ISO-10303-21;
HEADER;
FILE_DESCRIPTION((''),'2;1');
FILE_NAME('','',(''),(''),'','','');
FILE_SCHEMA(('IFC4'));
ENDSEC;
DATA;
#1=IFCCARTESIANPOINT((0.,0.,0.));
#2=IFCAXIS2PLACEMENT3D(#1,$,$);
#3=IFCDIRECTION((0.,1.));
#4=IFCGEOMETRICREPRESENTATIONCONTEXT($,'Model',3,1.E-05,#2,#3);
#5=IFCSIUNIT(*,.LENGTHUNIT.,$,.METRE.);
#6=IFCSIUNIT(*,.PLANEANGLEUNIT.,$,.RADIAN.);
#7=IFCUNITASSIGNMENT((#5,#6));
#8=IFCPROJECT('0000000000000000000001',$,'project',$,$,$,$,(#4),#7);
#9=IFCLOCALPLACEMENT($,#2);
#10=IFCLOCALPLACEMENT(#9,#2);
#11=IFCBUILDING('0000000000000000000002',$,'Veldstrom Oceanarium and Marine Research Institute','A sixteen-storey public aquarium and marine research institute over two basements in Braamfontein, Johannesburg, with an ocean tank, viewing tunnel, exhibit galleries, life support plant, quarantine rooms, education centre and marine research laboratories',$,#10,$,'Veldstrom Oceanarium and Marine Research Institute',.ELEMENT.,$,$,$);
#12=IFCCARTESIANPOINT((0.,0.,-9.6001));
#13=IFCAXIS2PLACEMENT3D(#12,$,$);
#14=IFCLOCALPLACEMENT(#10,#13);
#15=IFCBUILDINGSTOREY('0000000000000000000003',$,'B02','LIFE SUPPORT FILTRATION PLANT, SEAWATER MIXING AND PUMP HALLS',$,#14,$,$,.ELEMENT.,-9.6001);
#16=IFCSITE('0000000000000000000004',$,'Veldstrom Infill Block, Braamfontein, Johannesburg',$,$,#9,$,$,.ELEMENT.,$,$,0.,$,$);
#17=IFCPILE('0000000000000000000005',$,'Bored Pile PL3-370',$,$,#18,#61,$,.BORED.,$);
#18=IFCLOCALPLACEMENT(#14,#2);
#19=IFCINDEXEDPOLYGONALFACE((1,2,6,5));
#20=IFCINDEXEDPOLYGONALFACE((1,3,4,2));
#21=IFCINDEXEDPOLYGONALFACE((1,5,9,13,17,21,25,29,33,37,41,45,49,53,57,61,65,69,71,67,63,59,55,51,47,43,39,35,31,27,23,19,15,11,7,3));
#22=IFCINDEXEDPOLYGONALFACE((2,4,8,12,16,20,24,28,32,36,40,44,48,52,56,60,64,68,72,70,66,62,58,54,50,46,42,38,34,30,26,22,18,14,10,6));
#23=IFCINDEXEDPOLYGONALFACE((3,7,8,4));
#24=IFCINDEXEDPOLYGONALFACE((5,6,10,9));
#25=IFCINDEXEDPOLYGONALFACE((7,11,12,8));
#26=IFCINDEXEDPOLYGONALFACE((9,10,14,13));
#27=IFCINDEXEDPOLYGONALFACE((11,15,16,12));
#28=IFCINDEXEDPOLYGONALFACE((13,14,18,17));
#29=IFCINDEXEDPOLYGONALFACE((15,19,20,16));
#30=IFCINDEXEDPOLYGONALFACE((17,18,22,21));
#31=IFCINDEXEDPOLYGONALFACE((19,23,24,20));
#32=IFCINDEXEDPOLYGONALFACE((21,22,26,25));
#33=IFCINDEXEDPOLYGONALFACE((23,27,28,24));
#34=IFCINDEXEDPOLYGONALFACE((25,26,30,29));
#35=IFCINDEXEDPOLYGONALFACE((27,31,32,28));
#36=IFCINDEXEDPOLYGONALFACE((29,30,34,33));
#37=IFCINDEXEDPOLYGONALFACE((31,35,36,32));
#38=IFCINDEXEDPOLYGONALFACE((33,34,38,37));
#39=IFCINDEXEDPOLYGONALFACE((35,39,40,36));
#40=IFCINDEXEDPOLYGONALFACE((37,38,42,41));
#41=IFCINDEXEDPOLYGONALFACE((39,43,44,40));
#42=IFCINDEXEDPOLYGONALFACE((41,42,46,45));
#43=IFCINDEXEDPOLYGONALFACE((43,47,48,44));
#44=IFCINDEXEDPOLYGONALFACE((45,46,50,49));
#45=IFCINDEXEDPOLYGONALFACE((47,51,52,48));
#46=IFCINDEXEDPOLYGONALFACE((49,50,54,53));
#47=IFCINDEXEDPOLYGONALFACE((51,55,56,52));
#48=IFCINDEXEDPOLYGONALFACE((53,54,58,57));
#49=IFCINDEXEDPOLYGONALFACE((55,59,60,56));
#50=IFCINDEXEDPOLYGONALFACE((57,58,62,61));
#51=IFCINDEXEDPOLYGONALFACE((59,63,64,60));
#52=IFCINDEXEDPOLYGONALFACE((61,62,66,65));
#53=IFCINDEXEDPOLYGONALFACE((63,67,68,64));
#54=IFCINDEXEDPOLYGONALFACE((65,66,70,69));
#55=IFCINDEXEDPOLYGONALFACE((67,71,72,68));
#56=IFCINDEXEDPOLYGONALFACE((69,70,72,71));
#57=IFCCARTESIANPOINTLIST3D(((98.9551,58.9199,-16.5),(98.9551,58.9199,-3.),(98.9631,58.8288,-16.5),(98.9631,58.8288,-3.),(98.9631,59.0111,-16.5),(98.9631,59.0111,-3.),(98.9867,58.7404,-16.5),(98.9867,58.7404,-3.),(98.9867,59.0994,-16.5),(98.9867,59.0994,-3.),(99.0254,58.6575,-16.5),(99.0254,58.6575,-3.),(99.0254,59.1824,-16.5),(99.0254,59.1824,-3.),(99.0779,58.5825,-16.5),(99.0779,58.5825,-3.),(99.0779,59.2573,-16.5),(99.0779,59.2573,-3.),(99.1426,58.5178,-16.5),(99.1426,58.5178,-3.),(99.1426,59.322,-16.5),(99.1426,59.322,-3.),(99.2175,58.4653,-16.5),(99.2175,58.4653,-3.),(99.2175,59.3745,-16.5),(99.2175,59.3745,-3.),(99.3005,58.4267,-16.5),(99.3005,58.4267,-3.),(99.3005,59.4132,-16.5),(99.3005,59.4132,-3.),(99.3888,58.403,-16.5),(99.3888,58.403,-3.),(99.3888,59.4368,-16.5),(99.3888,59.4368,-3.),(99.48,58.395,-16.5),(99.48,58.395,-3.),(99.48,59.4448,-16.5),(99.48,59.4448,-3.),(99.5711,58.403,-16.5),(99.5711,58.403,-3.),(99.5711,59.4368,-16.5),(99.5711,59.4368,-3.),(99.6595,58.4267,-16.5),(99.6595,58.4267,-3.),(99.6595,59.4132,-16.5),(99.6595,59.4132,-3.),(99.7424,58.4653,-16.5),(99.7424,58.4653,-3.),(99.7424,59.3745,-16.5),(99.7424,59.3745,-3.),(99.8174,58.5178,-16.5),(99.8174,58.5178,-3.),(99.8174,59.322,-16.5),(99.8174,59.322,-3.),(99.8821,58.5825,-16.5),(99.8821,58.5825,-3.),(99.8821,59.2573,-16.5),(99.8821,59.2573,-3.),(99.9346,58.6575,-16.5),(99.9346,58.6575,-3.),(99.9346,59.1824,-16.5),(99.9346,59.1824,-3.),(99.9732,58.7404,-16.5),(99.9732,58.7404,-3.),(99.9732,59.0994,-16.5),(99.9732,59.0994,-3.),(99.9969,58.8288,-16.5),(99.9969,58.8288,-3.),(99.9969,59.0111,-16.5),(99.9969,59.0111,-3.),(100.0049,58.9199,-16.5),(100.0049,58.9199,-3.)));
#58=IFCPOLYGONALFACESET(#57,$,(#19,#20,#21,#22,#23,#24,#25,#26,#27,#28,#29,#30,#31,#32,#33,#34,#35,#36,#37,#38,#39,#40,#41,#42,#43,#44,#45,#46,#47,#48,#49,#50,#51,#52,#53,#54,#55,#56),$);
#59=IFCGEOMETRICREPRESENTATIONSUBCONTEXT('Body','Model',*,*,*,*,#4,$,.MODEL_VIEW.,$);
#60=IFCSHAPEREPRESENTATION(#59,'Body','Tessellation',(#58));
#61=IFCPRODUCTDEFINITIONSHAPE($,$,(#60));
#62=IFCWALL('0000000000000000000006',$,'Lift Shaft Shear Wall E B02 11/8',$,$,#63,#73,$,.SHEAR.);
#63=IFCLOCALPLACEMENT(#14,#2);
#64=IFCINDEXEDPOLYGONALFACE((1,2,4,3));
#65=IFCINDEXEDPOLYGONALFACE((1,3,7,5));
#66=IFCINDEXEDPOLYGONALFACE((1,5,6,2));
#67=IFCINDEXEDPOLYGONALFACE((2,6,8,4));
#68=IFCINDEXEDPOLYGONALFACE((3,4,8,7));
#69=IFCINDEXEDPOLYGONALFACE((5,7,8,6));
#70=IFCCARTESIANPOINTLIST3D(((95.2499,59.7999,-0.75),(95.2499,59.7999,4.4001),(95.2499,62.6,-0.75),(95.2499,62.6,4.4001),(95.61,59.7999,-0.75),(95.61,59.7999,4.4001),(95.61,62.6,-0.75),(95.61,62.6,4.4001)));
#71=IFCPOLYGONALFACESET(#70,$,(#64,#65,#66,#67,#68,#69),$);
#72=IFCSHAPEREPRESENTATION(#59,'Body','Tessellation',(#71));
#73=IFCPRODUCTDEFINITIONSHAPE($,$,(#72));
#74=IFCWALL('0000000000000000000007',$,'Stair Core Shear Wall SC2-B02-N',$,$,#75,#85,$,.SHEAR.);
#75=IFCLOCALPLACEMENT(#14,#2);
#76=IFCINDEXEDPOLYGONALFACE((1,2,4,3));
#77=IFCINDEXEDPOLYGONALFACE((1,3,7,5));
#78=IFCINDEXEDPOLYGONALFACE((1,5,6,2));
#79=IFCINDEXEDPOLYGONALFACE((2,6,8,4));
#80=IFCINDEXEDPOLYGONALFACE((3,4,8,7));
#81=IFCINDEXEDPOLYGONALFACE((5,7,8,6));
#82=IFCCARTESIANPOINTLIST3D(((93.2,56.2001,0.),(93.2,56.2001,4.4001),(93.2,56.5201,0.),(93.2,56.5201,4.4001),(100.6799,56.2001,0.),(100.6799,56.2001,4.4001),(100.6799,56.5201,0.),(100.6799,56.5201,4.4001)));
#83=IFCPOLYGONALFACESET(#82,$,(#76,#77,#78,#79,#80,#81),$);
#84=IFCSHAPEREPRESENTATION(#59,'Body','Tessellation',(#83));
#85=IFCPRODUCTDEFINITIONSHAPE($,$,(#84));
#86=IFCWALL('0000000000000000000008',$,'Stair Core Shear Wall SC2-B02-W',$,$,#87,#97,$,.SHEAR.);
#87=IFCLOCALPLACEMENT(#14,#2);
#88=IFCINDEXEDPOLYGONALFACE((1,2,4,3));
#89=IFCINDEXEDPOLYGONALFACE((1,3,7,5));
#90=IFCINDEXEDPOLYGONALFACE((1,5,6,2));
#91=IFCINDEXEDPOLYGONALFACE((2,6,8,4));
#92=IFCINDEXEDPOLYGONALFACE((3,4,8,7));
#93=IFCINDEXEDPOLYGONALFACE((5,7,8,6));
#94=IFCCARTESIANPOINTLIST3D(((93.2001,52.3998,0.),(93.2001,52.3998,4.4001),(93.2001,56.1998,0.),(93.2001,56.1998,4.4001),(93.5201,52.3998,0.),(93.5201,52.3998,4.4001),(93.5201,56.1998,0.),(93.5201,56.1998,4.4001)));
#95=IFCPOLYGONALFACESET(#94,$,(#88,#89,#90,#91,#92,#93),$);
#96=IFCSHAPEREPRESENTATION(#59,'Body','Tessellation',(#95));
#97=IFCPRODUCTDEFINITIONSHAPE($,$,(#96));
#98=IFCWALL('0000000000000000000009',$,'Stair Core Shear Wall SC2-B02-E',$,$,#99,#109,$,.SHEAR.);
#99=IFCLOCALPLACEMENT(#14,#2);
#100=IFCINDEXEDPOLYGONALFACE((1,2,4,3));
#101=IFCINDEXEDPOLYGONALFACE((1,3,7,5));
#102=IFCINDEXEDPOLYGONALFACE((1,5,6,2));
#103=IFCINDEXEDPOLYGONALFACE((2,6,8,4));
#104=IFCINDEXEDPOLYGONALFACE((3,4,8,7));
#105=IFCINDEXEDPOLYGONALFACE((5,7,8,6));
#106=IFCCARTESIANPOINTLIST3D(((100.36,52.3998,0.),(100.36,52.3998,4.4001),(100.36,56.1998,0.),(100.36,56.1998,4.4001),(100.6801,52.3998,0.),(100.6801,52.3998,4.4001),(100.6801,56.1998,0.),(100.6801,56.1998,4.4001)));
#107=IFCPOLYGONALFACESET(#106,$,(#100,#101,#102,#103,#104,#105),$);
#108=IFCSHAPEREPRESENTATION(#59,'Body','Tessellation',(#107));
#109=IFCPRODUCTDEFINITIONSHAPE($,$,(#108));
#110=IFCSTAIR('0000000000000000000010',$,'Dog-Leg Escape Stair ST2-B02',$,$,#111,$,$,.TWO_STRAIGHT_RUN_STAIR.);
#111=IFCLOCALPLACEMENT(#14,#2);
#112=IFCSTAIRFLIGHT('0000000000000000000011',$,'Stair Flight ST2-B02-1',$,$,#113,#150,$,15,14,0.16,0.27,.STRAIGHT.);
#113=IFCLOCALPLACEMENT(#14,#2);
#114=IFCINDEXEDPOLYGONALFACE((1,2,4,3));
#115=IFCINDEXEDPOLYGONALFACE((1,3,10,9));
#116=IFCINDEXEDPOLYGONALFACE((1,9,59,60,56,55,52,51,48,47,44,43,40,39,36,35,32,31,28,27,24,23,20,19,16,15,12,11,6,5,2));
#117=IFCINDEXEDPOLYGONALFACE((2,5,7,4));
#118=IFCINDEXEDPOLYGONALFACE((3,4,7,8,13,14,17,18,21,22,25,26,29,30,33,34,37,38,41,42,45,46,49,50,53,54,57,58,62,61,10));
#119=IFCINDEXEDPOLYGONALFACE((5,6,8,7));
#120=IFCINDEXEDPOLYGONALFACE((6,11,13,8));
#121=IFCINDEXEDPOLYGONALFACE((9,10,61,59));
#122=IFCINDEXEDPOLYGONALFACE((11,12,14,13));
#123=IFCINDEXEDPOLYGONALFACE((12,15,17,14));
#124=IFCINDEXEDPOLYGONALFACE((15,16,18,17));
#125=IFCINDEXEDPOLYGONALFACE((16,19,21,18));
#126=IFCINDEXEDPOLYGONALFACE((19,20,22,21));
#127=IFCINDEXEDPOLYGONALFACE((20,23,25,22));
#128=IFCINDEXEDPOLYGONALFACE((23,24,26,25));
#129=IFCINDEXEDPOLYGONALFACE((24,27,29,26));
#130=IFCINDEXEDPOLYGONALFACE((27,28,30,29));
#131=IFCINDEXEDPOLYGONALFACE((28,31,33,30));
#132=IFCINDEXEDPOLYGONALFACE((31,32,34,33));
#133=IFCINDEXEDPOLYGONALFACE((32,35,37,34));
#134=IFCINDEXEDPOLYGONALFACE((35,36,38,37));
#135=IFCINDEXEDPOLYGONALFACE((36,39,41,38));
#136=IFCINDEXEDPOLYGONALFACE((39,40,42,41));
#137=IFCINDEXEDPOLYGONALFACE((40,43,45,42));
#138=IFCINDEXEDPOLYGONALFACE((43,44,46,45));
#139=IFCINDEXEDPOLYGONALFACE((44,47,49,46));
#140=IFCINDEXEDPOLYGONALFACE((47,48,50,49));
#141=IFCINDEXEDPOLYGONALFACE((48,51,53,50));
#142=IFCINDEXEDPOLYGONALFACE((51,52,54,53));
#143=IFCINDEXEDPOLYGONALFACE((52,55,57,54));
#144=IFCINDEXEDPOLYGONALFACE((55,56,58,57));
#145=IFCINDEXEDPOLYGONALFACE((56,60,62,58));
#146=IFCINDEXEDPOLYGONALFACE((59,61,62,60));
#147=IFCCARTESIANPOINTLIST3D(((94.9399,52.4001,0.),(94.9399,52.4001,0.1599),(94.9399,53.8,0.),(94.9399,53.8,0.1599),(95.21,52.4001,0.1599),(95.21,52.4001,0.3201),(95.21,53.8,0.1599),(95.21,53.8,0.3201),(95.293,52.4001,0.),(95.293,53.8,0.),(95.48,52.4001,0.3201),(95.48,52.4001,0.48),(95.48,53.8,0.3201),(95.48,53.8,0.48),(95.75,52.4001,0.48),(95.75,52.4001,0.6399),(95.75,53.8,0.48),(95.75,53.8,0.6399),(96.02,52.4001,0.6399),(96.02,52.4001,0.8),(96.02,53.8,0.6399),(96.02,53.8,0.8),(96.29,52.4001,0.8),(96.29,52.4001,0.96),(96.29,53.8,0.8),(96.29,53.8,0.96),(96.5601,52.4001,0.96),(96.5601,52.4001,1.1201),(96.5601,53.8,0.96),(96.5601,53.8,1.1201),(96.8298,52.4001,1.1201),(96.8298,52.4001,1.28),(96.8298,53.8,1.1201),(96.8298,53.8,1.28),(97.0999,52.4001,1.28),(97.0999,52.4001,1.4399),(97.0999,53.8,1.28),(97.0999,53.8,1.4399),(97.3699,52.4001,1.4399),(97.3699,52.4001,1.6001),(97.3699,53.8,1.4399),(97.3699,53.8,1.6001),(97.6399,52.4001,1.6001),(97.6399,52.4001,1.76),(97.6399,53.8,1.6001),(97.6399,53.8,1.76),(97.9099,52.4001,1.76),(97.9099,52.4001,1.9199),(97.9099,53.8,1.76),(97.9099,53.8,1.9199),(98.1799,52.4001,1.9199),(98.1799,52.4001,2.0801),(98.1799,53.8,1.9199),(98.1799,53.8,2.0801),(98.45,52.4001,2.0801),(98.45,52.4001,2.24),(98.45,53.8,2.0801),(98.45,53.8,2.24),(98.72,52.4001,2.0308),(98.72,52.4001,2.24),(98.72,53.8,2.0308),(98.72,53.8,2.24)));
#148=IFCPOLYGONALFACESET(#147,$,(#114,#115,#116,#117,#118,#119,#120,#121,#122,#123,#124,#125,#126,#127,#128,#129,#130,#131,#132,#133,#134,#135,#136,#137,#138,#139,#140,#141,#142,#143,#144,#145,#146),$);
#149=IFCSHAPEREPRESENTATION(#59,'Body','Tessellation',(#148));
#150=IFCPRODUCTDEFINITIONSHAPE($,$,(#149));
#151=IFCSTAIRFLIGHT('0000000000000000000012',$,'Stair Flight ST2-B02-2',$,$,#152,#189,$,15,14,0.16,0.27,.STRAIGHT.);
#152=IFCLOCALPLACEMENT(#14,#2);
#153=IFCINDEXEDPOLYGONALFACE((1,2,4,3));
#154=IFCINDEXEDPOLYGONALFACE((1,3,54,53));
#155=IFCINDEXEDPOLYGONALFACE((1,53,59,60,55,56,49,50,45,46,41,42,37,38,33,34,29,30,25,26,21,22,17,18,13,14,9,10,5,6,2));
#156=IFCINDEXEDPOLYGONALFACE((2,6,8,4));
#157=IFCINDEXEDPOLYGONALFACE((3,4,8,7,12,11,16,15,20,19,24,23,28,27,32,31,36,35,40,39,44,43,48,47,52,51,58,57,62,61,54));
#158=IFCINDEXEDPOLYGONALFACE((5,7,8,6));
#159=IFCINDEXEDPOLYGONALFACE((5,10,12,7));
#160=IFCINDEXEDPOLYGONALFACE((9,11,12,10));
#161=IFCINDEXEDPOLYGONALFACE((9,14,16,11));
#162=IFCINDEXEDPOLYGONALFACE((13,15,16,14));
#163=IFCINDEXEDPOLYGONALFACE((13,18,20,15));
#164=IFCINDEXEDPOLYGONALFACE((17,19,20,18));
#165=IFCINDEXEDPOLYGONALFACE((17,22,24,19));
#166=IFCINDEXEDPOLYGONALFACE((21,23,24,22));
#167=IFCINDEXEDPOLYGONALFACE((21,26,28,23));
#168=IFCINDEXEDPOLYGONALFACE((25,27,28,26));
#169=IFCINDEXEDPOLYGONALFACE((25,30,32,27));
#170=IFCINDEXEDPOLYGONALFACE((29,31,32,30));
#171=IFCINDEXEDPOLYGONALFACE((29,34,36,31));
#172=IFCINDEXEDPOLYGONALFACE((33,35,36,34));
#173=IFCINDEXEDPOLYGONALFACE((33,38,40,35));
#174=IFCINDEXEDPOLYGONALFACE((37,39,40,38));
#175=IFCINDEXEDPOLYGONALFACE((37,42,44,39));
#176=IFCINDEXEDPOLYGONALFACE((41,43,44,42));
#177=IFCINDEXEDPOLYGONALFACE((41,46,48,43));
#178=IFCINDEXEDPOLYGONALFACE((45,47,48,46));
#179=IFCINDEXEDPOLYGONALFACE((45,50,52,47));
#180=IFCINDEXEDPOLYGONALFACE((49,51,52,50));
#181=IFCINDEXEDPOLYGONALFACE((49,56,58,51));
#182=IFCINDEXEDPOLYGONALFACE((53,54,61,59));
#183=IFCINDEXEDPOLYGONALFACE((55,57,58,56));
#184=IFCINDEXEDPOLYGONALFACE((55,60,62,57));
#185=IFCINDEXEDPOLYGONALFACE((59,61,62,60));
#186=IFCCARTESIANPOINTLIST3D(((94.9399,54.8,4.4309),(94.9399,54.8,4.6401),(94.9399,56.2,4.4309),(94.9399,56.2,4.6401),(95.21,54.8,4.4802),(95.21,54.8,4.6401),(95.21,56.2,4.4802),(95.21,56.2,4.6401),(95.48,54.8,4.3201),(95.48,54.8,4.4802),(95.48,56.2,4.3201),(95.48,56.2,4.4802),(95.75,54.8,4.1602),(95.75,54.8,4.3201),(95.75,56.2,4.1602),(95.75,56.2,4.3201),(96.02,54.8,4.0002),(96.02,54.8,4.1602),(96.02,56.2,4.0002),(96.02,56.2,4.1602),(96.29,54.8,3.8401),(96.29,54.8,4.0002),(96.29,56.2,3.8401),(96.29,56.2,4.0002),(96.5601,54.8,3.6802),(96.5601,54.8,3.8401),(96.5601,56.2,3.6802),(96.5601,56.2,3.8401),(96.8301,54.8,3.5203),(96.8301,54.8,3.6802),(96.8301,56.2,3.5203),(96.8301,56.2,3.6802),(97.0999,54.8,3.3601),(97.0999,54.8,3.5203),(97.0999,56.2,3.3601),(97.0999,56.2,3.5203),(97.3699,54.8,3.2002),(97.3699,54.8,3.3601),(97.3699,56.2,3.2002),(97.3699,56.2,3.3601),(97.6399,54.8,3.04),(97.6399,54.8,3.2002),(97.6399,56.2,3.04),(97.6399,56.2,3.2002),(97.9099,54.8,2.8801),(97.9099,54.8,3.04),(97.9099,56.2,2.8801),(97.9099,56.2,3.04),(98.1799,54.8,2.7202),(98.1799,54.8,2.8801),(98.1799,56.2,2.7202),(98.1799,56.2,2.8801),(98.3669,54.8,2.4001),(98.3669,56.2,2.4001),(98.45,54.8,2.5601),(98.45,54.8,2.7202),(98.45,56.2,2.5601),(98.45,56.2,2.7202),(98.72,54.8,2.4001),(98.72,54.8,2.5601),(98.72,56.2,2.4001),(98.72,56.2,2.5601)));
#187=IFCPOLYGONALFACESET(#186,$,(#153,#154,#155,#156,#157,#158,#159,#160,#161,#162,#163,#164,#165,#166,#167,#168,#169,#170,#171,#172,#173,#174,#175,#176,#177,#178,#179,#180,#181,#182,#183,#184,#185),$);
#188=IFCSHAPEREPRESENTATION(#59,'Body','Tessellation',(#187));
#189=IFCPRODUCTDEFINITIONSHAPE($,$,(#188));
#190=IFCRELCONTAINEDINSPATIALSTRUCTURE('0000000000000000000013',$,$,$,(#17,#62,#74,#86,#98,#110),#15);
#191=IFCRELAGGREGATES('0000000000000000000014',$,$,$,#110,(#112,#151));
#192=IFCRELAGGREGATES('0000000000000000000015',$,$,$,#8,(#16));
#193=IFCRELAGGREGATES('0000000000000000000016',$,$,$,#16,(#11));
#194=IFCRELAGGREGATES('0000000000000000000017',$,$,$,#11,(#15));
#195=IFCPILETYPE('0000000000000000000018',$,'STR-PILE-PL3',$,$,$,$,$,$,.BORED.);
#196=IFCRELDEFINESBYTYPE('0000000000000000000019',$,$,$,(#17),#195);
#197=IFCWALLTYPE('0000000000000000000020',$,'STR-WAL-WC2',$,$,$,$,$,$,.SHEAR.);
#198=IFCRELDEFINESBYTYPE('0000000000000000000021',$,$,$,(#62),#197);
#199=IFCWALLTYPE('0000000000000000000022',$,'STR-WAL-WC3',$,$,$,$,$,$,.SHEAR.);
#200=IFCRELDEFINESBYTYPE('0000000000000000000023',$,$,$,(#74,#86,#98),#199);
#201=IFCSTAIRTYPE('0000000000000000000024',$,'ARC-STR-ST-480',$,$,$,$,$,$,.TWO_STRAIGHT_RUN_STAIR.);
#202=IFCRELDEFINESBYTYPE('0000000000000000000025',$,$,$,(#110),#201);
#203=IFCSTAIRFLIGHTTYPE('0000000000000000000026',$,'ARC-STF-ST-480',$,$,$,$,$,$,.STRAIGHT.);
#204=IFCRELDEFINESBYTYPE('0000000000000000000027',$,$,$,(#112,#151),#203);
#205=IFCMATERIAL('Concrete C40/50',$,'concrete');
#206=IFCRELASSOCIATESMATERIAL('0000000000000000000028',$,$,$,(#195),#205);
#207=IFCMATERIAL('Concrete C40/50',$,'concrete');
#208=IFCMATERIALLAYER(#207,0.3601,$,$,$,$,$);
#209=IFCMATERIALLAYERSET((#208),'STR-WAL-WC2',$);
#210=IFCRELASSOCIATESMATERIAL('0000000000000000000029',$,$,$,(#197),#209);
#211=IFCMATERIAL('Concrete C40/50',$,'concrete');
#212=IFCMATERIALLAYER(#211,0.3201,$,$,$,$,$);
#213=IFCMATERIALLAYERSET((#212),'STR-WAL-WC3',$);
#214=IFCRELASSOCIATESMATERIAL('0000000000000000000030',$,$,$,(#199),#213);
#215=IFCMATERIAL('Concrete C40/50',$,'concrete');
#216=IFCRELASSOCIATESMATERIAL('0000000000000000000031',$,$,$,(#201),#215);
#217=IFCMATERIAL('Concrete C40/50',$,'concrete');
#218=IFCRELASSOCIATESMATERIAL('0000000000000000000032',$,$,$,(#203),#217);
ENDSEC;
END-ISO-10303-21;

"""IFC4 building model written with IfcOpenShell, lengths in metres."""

from ifc_helpers import new_model, si_unit, direction, frame, frame_2d, origin, origin_2d, place, context, subcontext, project, spatial, polyline, rectangle, circle, outline, extrude, material, layer, layer_set, material_profile, profile_set, type_object, element, aggregate, save


model = new_model("IFC4")

# Units and contexts
model_context = context("Model", 3, precision=1e-05, world=origin(), true_north=direction((0.0, 1.0)))
body_context = subcontext(model_context, "Body", "Model", "MODEL_VIEW")
ifc_project = project(units=[si_unit("LENGTHUNIT", "METRE"), si_unit("PLANEANGLEUNIT", "RADIAN")], contexts=[model_context])

# Site, building, storey
site_placement = place(None, origin())
site = spatial("IfcSite", under=ifc_project, at=site_placement, Name="Veldstrom Infill Block, Braamfontein, Johannesburg", CompositionType="ELEMENT", RefElevation=0.0)
building_placement = place(site_placement, origin())
building = spatial("IfcBuilding", under=site, at=building_placement, Name="Veldstrom Oceanarium and Marine Research Institute", Description="A sixteen-storey public aquarium and marine research institute over two basements in Braamfontein, Johannesburg, with an ocean tank, viewing tunnel, exhibit galleries, life support plant, quarantine rooms, education centre and marine research laboratories", LongName="Veldstrom Oceanarium and Marine Research Institute", CompositionType="ELEMENT")
storey_placement = place(building_placement, frame((0.0, 0.0, -9.6001)))
storey = spatial("IfcBuildingStorey", under=building, at=storey_placement, Name="B02", Description="LIFE SUPPORT FILTRATION PLANT, SEAWATER MIXING AND PUMP HALLS", CompositionType="ELEMENT", Elevation=-9.6001)

# Pile
ifc_material_1 = material(Name="Concrete C40/50", Category="concrete")
ifc_material_profile = material_profile(ifc_material_1, circle(Radius=0.5249, at=origin_2d()), Name="PILE-D1050")
ifc_profile_set = profile_set([ifc_material_profile], Name="Concrete C40/50")
pile_type = type_object("IfcPileType", Name="STR-PILE-PL3", PredefinedType="BORED", material=ifc_profile_set)
for number, where, z_axis, x_axis, name in (
    (1, (99.48, 58.9199, -3.0), (0.0, 0.0, -1.0), (1.0, 0.0, 0.0), "Bored Pile PL3-370"),
):
    element("IfcPile", number, at=place(storey_placement, frame(where, z_axis=z_axis, x_axis=x_axis)), inside=storey, type_object=pile_type, Name=name, PredefinedType="BORED", context=body_context, shape_type="SweptSolid", body=[
        extrude(circle(Radius=0.5249, at=origin_2d()), origin(), (0.0, 0.0, 1.0), 13.5),
    ])

# Walls
ifc_material_2 = material(Name="Concrete C40/50", Category="concrete")
ifc_layer_1 = layer(ifc_material_2, 0.3601)
ifc_layer_set_1 = layer_set([ifc_layer_1], Name="STR-WAL-WC2")
wall_type_1 = type_object("IfcWallType", Name="STR-WAL-WC2", PredefinedType="SHEAR", material=ifc_layer_set_1)
wall_1_placement = place(storey_placement, frame((95.4299, 59.8, -0.75), z_axis=(0.0, 0.0, 1.0), x_axis=(0.0, 1.0, 0.0)))
element("IfcWall", 2, at=wall_1_placement, inside=storey, type_object=wall_type_1, Name="Lift Shaft Shear Wall E B02 11/8", PredefinedType="SHEAR", context=body_context, shape_type="SweptSolid", body=[
    extrude(rectangle(XDim=2.8, YDim=0.3601, at=frame_2d((1.3999, 0.0))), origin(), (0.0, 0.0, 1.0), 5.1501),
])
ifc_material_3 = material(Name="Concrete C40/50", Category="concrete")
ifc_layer_2 = layer(ifc_material_3, 0.3201)
ifc_layer_set_2 = layer_set([ifc_layer_2], Name="STR-WAL-WC3")
wall_type_2 = type_object("IfcWallType", Name="STR-WAL-WC3", PredefinedType="SHEAR", material=ifc_layer_set_2)
wall_2_placement = place(storey_placement, frame((93.2, 56.3601, 0.0), z_axis=(0.0, 0.0, 1.0), x_axis=(1.0, 0.0, 0.0)))
element("IfcWall", 3, at=wall_2_placement, inside=storey, type_object=wall_type_2, Name="Stair Core Shear Wall SC2-B02-N", PredefinedType="SHEAR", context=body_context, shape_type="SweptSolid", body=[
    extrude(rectangle(XDim=7.48, YDim=0.3201, at=frame_2d((3.74, 0.0))), origin(), (0.0, 0.0, 1.0), 4.4001),
])
for number, where, z_axis, x_axis, name in (
    (4, (93.3601, 52.3999, 0.0), (0.0, 0.0, 1.0), (0.0, 1.0, 0.0), "Stair Core Shear Wall SC2-B02-W"),
    (5, (100.52, 52.3999, 0.0), (0.0, 0.0, 1.0), (0.0, 1.0, 0.0), "Stair Core Shear Wall SC2-B02-E"),
):
    element("IfcWall", number, at=place(storey_placement, frame(where, z_axis=z_axis, x_axis=x_axis)), inside=storey, type_object=wall_type_2, Name=name, PredefinedType="SHEAR", context=body_context, shape_type="SweptSolid", body=[
        extrude(rectangle(XDim=3.8, YDim=0.3201, at=frame_2d((1.8999, 0.0))), origin(), (0.0, 0.0, 1.0), 4.4001),
    ])

# Stair, stair flights
ifc_material_4 = material(Name="Concrete C40/50", Category="concrete")
stair_type = type_object("IfcStairType", Name="ARC-STR-ST-480", PredefinedType="TWO_STRAIGHT_RUN_STAIR", material=ifc_material_4)
stair_placement = place(storey_placement, origin())
stair = element("IfcStair", 6, at=stair_placement, inside=storey, type_object=stair_type, Name="Dog-Leg Escape Stair ST2-B02", PredefinedType="TWO_STRAIGHT_RUN_STAIR")
ifc_material_5 = material(Name="Concrete C40/50", Category="concrete")
stair_flight_type = type_object("IfcStairFlightType", Name="ARC-STF-ST-480", PredefinedType="STRAIGHT", material=ifc_material_5)
stair_flight_1_placement = place(storey_placement, frame((94.9399, 53.1001, 0.0), z_axis=(0.0, 0.0, 1.0), x_axis=(1.0, 0.0, 0.0)))
stair_flight_1 = element("IfcStairFlight", 7, at=stair_flight_1_placement, type_object=stair_flight_type, Name="Stair Flight ST2-B02-1", NumberOfRisers=15, NumberOfTreads=14, PredefinedType="STRAIGHT", RiserHeight=0.16, TreadLength=0.27, context=body_context, shape_type="SweptSolid", body=[
    extrude(outline(polyline([(0.0, 0.0), (0.0, 0.1599), (0.27, 0.1599), (0.27, 0.3201), (0.54, 0.3201), (0.54, 0.48), (0.8101, 0.48), (0.8101, 0.6399), (1.0801, 0.6399), (1.0801, 0.8), (1.3501, 0.8), (1.3501, 0.96), (1.6201, 0.96), (1.6201, 1.1201), (1.8899, 1.1201), (1.8899, 1.28), (2.1599, 1.28), (2.1599, 1.4399), (2.4299, 1.4399), (2.4299, 1.6001), (2.7, 1.6001), (2.7, 1.76), (2.97, 1.76), (2.97, 1.9199), (3.24, 1.9199), (3.24, 2.0801), (3.51, 2.0801), (3.51, 2.24), (3.78, 2.24), (3.78, 2.3999), (3.78, 2.0308), (0.353, 0.0), (0.0, 0.0)])), frame((0.0, 0.7, 0.0), z_axis=(0.0, -1.0, 0.0), x_axis=(1.0, 0.0, 0.0)), (0.0, 0.0, 1.0), 1.3999),
])
stair_flight_2_placement = place(storey_placement, frame((98.72, 55.5, 2.4001), z_axis=(0.0, 0.0, 1.0), x_axis=(-1.0, 0.0, 0.0)))
stair_flight_2 = element("IfcStairFlight", 8, at=stair_flight_2_placement, type_object=stair_flight_type, Name="Stair Flight ST2-B02-2", NumberOfRisers=15, NumberOfTreads=14, PredefinedType="STRAIGHT", RiserHeight=0.16, TreadLength=0.27, context=body_context, shape_type="SweptSolid", body=[
    extrude(outline(polyline([(0.0, 0.0), (0.0, 0.1599), (0.27, 0.1599), (0.27, 0.3201), (0.54, 0.3201), (0.54, 0.48), (0.8101, 0.48), (0.8101, 0.6399), (1.0801, 0.6399), (1.0801, 0.8), (1.3501, 0.8), (1.3501, 0.96), (1.6201, 0.96), (1.6201, 1.1201), (1.8899, 1.1201), (1.8899, 1.28), (2.1599, 1.28), (2.1599, 1.4399), (2.4299, 1.4399), (2.4299, 1.6001), (2.7, 1.6001), (2.7, 1.76), (2.97, 1.76), (2.97, 1.9199), (3.24, 1.9199), (3.24, 2.0801), (3.51, 2.0801), (3.51, 2.24), (3.78, 2.24), (3.78, 2.3999), (3.78, 2.0308), (0.353, 0.0), (0.0, 0.0)])), frame((0.0, 0.7, 0.0), z_axis=(0.0, -1.0, 0.0), x_axis=(1.0, 0.0, 0.0)), (0.0, 0.0, 1.0), 1.3999),
])
aggregate(stair, [stair_flight_1, stair_flight_2])

save(model, "model.ifc")
